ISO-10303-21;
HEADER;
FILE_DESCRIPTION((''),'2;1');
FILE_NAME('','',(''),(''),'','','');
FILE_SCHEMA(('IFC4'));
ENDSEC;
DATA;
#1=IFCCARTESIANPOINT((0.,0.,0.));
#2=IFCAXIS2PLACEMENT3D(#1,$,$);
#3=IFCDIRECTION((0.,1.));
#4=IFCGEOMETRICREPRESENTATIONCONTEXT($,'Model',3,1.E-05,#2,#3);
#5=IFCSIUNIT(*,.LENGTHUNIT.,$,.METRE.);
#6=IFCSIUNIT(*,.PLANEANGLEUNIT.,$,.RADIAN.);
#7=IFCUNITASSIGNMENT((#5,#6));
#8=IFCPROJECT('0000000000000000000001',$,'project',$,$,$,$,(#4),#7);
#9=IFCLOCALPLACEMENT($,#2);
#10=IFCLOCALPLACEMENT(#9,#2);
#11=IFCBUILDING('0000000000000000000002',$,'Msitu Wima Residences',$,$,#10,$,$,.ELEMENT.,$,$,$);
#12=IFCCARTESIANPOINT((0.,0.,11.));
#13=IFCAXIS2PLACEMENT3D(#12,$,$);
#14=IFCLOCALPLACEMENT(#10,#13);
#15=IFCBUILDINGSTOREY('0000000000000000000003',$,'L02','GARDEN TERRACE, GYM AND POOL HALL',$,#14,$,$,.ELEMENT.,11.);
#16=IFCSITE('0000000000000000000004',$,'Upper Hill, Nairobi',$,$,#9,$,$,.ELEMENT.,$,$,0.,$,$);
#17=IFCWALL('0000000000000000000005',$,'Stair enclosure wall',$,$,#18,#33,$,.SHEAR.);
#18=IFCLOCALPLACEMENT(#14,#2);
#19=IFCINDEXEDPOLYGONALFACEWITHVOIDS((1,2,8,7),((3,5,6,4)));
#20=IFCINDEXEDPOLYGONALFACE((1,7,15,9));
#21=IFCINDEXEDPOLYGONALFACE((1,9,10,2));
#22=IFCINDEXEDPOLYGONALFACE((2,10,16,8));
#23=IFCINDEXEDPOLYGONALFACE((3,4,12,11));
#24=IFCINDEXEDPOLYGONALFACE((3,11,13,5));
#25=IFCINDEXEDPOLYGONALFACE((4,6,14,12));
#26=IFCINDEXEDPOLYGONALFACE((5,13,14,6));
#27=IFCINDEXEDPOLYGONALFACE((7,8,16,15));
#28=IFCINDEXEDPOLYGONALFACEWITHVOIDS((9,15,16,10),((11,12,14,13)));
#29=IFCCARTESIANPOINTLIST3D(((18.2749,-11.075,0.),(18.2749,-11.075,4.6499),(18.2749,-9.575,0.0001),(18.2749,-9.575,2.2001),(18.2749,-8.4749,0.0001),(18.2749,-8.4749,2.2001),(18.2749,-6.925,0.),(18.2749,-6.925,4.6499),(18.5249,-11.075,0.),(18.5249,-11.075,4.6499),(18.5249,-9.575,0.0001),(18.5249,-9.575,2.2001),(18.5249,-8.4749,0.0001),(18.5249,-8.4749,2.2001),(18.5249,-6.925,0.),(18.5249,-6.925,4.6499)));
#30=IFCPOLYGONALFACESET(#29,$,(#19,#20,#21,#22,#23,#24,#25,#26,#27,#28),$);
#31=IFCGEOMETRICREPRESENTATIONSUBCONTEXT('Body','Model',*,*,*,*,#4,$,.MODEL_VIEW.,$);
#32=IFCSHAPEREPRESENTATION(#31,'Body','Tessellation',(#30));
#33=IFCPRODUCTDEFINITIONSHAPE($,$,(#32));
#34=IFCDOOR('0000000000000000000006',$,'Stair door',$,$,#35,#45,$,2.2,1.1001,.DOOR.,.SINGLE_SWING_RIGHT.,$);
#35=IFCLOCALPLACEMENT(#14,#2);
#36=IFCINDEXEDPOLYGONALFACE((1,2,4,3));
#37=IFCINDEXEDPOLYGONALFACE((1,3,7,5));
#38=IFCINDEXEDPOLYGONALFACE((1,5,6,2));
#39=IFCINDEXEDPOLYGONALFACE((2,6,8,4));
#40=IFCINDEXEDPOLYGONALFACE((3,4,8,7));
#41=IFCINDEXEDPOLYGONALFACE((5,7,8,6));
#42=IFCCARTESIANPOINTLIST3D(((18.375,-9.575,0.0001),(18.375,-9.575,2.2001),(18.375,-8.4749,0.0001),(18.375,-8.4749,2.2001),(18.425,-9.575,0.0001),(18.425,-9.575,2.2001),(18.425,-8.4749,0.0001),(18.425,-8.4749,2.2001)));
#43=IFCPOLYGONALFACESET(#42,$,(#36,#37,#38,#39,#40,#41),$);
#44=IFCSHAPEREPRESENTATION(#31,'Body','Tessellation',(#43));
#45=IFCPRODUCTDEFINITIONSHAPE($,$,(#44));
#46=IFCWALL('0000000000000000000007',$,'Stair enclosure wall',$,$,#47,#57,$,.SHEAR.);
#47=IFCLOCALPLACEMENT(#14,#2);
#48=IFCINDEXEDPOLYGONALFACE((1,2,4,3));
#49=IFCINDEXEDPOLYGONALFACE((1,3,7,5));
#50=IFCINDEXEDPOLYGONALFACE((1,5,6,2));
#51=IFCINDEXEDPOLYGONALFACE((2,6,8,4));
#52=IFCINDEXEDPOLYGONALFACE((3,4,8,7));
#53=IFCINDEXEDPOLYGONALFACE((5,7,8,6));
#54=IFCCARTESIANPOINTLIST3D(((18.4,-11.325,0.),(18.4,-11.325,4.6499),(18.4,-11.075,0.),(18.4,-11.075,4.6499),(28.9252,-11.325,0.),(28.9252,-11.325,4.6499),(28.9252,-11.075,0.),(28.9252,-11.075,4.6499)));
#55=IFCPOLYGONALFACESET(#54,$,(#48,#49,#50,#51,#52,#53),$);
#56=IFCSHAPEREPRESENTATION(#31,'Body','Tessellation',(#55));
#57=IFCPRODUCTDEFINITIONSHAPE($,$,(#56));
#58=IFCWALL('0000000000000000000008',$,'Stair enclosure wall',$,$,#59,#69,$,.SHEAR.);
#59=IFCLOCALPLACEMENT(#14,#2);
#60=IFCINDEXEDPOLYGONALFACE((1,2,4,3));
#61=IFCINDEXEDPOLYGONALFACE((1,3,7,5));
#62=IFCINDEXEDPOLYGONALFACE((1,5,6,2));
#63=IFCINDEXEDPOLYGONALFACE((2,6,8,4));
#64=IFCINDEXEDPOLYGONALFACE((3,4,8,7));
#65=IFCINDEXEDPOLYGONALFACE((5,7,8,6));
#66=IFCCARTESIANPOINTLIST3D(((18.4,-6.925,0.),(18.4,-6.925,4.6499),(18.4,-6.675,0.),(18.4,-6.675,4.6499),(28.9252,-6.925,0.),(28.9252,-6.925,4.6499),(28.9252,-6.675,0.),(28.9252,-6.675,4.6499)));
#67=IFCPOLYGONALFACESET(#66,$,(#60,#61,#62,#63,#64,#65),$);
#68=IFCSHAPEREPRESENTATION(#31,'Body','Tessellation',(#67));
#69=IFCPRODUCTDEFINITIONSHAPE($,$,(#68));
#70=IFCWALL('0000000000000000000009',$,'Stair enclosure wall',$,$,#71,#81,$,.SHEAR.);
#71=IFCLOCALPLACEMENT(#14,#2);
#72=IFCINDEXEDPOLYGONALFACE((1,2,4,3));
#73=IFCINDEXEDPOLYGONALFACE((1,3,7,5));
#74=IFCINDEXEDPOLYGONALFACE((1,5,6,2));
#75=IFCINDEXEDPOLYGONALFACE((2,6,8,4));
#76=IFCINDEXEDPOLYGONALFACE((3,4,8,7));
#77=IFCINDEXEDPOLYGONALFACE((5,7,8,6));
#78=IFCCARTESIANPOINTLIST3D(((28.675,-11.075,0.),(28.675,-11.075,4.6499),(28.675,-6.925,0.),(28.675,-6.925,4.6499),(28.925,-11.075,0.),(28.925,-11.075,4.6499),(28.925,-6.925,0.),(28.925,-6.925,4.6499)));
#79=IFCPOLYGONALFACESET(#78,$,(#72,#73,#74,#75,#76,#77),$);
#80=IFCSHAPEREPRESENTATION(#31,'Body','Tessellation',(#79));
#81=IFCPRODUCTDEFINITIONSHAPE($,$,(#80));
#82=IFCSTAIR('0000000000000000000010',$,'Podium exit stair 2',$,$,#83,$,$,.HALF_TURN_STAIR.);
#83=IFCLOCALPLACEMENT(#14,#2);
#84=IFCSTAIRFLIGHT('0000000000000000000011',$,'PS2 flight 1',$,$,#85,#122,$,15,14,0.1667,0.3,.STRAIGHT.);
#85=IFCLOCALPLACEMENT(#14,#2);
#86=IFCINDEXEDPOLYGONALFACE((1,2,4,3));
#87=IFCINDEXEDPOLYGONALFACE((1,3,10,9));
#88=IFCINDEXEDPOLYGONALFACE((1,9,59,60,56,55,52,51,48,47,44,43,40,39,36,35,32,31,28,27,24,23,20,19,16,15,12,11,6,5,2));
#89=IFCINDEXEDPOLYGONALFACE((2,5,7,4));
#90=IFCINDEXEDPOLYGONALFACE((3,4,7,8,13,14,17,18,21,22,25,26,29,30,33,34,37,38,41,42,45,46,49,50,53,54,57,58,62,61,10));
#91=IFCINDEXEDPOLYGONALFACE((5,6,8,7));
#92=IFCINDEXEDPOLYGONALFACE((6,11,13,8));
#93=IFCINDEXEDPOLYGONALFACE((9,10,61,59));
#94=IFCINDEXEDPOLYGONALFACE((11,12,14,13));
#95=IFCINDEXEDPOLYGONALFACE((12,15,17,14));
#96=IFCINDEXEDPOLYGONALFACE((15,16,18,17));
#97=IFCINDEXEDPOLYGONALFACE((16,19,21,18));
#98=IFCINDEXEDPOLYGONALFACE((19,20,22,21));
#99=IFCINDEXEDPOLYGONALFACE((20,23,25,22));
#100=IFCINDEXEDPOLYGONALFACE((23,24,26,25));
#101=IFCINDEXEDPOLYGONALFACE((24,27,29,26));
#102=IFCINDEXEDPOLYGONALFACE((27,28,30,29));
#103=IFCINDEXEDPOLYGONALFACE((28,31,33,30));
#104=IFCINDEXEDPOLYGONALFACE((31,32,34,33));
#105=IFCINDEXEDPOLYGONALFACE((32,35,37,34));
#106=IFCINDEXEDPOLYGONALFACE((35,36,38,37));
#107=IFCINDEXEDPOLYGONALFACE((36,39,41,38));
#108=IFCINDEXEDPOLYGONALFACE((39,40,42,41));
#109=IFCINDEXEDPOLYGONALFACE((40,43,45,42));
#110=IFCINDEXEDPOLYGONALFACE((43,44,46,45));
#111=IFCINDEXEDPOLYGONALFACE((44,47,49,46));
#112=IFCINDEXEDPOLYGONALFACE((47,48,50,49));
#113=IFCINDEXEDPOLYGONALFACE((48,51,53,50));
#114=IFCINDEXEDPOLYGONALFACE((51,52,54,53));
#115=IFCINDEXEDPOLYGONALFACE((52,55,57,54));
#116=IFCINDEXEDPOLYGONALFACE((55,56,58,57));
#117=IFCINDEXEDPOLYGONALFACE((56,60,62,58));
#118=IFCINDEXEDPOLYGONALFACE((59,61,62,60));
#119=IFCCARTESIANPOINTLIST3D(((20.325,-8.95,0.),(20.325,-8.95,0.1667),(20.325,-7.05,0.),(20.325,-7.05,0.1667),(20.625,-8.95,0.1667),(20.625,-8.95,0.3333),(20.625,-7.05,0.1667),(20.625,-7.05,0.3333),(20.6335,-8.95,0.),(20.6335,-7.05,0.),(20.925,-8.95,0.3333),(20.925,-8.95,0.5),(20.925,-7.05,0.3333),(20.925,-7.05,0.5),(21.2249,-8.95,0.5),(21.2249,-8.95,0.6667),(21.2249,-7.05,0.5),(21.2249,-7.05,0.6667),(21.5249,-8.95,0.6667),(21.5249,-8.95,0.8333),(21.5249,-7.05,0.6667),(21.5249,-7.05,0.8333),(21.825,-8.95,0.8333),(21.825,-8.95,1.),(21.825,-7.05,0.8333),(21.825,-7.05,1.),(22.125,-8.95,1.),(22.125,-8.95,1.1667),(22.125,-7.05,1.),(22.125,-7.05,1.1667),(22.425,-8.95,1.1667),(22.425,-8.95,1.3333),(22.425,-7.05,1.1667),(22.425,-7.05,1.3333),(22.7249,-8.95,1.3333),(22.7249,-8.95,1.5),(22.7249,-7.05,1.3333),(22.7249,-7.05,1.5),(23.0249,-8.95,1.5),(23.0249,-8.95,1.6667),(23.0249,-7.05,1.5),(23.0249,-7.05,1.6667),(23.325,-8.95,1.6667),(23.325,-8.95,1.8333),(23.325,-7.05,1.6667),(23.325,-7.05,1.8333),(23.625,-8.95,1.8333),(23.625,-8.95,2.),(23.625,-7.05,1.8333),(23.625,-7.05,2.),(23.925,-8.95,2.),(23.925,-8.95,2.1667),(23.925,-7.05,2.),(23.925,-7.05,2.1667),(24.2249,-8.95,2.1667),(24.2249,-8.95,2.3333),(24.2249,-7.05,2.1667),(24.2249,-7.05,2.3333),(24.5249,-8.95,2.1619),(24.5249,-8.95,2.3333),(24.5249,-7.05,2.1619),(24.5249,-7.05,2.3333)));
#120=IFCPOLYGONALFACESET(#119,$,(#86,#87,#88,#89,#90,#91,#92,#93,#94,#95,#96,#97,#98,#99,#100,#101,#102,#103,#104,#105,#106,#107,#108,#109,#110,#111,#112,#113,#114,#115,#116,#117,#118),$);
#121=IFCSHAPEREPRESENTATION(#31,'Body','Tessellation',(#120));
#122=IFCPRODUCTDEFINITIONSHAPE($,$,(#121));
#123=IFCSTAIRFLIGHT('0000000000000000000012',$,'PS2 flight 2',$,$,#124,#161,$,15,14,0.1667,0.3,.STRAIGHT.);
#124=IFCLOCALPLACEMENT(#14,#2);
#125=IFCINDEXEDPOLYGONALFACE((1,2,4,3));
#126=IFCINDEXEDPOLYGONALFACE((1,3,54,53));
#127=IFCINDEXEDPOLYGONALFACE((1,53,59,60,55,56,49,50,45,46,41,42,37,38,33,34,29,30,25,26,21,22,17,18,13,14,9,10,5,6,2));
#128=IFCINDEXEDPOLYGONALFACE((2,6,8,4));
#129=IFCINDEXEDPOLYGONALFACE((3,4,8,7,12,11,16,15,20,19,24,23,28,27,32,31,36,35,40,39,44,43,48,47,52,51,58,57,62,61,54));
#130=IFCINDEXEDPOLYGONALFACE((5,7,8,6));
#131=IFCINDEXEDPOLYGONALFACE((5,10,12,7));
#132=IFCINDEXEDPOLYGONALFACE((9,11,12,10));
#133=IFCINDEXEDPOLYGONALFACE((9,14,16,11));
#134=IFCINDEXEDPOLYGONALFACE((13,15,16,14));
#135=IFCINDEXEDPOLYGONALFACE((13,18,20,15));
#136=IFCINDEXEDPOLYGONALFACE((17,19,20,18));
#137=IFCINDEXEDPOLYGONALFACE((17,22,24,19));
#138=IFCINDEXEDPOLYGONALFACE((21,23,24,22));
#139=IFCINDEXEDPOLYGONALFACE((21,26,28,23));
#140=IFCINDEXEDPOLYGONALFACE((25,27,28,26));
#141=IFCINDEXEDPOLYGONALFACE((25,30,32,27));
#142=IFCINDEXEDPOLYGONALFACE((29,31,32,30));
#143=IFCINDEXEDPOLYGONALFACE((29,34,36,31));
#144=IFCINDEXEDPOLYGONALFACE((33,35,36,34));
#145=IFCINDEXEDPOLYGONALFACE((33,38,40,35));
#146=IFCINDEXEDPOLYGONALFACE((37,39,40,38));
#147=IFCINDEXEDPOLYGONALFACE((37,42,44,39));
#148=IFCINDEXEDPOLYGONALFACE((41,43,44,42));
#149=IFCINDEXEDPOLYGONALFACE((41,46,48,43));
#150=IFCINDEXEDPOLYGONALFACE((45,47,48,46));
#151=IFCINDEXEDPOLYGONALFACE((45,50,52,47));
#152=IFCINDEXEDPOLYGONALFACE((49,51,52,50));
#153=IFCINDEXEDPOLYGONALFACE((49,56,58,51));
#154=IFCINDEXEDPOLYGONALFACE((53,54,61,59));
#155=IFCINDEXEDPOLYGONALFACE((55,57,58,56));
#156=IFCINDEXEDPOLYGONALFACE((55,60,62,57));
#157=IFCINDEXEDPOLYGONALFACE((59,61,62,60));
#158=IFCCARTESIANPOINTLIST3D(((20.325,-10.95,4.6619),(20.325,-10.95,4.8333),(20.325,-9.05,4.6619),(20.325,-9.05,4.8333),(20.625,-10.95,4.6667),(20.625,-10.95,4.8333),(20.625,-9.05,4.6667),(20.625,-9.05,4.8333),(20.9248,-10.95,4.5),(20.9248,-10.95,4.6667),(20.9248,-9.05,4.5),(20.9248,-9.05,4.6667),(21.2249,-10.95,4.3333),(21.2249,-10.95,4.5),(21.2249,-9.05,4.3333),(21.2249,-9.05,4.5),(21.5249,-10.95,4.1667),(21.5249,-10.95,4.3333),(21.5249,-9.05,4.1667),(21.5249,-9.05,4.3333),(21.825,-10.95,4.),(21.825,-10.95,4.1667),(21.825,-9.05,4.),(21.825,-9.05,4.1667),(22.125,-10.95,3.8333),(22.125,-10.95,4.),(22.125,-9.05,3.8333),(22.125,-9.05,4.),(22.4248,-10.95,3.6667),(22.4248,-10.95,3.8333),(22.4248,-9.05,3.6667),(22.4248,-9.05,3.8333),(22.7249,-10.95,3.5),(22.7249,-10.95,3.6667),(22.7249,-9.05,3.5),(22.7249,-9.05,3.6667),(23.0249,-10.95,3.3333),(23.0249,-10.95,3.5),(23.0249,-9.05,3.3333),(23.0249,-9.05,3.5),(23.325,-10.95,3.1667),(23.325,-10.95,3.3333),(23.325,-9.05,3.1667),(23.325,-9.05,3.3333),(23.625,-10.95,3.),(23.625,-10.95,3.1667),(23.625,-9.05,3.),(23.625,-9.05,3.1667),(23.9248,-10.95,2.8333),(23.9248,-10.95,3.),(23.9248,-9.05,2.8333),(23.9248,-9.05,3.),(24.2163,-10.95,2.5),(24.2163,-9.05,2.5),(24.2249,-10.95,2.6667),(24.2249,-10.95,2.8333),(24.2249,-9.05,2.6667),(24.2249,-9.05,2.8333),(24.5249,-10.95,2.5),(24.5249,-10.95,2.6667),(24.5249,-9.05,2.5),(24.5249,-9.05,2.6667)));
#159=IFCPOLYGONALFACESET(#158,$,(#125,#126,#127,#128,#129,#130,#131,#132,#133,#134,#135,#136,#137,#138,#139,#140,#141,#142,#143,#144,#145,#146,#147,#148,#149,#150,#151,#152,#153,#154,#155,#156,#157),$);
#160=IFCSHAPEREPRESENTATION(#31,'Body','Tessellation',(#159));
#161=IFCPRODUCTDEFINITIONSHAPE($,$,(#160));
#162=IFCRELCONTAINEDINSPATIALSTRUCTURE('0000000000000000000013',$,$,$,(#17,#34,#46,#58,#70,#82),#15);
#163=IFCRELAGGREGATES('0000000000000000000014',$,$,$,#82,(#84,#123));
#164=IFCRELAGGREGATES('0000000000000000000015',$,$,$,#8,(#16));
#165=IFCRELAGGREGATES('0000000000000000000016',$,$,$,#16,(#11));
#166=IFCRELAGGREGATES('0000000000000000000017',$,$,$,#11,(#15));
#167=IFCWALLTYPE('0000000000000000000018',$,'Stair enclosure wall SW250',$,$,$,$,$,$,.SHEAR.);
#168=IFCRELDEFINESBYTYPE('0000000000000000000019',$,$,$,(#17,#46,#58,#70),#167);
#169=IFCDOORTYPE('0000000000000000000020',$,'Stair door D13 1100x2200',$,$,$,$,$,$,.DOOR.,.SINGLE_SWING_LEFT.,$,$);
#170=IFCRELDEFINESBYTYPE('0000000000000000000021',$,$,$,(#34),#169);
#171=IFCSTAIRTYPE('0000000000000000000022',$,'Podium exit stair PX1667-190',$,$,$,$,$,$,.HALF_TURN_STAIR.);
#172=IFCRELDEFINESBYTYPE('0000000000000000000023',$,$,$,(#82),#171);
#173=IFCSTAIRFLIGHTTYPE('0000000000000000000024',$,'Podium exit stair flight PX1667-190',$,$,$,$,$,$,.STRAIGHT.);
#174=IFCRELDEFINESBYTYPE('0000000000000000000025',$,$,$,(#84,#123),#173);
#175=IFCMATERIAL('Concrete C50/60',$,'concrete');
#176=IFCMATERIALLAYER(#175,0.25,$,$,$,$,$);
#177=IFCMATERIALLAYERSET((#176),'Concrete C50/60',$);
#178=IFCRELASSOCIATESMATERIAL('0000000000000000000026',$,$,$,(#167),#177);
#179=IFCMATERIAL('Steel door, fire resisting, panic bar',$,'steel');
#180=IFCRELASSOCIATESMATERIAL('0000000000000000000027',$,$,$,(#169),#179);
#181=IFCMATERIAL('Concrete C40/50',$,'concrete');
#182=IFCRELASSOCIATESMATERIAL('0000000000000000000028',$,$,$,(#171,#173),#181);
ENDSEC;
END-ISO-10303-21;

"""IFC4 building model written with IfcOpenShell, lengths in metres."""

from ifc_helpers import new_model, si_unit, direction, frame, frame_2d, origin, place, context, subcontext, project, spatial, polyline, rectangle, outline, extrude, material, layer, layer_set, type_object, element, fill, aggregate, save


model = new_model("IFC4")

# Units and contexts
model_context = context("Model", 3, precision=1e-05, world=origin(), true_north=direction((0.0, 1.0)))
body_context = subcontext(model_context, "Body", "Model", "MODEL_VIEW")
ifc_project = project(units=[si_unit("LENGTHUNIT", "METRE"), si_unit("PLANEANGLEUNIT", "RADIAN")], contexts=[model_context])

# Site, building, storey
site_placement = place(None, origin())
site = spatial("IfcSite", under=ifc_project, at=site_placement, Name="Upper Hill, Nairobi", CompositionType="ELEMENT", RefElevation=0.0)
building_placement = place(site_placement, origin())
building = spatial("IfcBuilding", under=site, at=building_placement, Name="Msitu Wima Residences", CompositionType="ELEMENT")
storey_placement = place(building_placement, frame((0.0, 0.0, 11.0)))
storey = spatial("IfcBuildingStorey", under=building, at=storey_placement, Name="L02", Description="GARDEN TERRACE, GYM AND POOL HALL", CompositionType="ELEMENT", Elevation=11.0)

# Shared definitions
ifc_material_1 = material(Name="Concrete C40/50", Category="concrete")

# Wall, opening, door
ifc_material_2 = material(Name="Concrete C50/60", Category="concrete")
ifc_layer_1 = layer(ifc_material_2, 0.25)
ifc_layer_set_1 = layer_set([ifc_layer_1], Name="Concrete C50/60")
wall_type_1 = type_object("IfcWallType", Name="Stair enclosure wall SW250", PredefinedType="SHEAR", material=ifc_layer_set_1)
wall_1_placement = place(storey_placement, frame((18.3999, -11.075, 0.0), z_axis=(0.0, 0.0, 1.0), x_axis=(0.0, 1.0, 0.0)))
wall_1 = element("IfcWall", 1, at=wall_1_placement, inside=storey, type_object=wall_type_1, Name="Stair enclosure wall", PredefinedType="SHEAR", context=body_context, shape_type="SweptSolid", body=[
    extrude(rectangle(XDim=4.1499, YDim=0.25, at=frame_2d((2.075, 0.0))), origin(), (0.0, 0.0, 1.0), 4.6499),
])
opening_1_placement = place(wall_1_placement, frame((1.5, 0.0, 0.0)))
opening_1 = element("IfcOpeningElement", 2, at=opening_1_placement, cuts=wall_1, PredefinedType="OPENING", context=body_context, shape_type="SweptSolid", body=[
    extrude(rectangle(XDim=1.1001, YDim=2.2, at=frame_2d((0.55, 1.1001))), frame((0.0, 0.135, 0.0), z_axis=(0.0, -1.0, 0.0), x_axis=(1.0, 0.0, 0.0)), (0.0, 0.0, 1.0), 0.27),
])
ifc_material_3 = material(Name="Steel door, fire resisting, panic bar", Category="steel")
door_type_1 = type_object("IfcDoorType", Name="Stair door D13 1100x2200", OperationType="SINGLE_SWING_LEFT", PredefinedType="DOOR", material=ifc_material_3)
door_1_placement = place(opening_1_placement, origin())
door_1 = element("IfcDoor", 3, at=door_1_placement, inside=storey, type_object=door_type_1, Name="Stair door", OperationType="SINGLE_SWING_RIGHT", OverallHeight=2.2, OverallWidth=1.1001, PredefinedType="DOOR", context=body_context, shape_type="SweptSolid", body=[
    extrude(rectangle(XDim=1.1001, YDim=2.2, at=frame_2d((0.55, 1.1001))), frame((0.0, 0.0249, 0.0), z_axis=(0.0, -1.0, 0.0), x_axis=(1.0, 0.0, 0.0)), (0.0, 0.0, 1.0), 0.05),
])
fill(opening_1, door_1)

# Walls
for number, where, z_axis, x_axis, name in (
    (4, (18.3999, -11.2, 0.0), (0.0, 0.0, 1.0), (1.0, 0.0, 0.0), "Stair enclosure wall"),
    (5, (18.3999, -6.8, 0.0), (0.0, 0.0, 1.0), (1.0, 0.0, 0.0), "Stair enclosure wall"),
):
    element("IfcWall", number, at=place(storey_placement, frame(where, z_axis=z_axis, x_axis=x_axis)), inside=storey, type_object=wall_type_1, Name=name, PredefinedType="SHEAR", context=body_context, shape_type="SweptSolid", body=[
        extrude(rectangle(XDim=10.5251, YDim=0.25, at=frame_2d((5.2627, 0.0))), origin(), (0.0, 0.0, 1.0), 4.6499),
    ])
wall_2_placement = place(storey_placement, frame((28.8, -11.075, 0.0), z_axis=(0.0, 0.0, 1.0), x_axis=(0.0, 1.0, 0.0)))
element("IfcWall", 6, at=wall_2_placement, inside=storey, type_object=wall_type_1, Name="Stair enclosure wall", PredefinedType="SHEAR", context=body_context, shape_type="SweptSolid", body=[
    extrude(rectangle(XDim=4.1499, YDim=0.25, at=frame_2d((2.075, 0.0))), origin(), (0.0, 0.0, 1.0), 4.6499),
])

# Stair, stair flights
stair_type = type_object("IfcStairType", Name="Podium exit stair PX1667-190", PredefinedType="HALF_TURN_STAIR", material=ifc_material_1)
stair_placement = place(storey_placement, origin())
stair = element("IfcStair", 7, at=stair_placement, inside=storey, type_object=stair_type, Name="Podium exit stair 2", PredefinedType="HALF_TURN_STAIR")
stair_flight_type = type_object("IfcStairFlightType", Name="Podium exit stair flight PX1667-190", PredefinedType="STRAIGHT", material=ifc_material_1)
stair_flight_1_placement = place(storey_placement, frame((20.325, -8.0, 0.0), z_axis=(0.0, 0.0, 1.0), x_axis=(1.0, 0.0, 0.0)))
stair_flight_1 = element("IfcStairFlight", 8, at=stair_flight_1_placement, type_object=stair_flight_type, Name="PS2 flight 1", NumberOfRisers=15, NumberOfTreads=14, PredefinedType="STRAIGHT", RiserHeight=0.1667, TreadLength=0.3, context=body_context, shape_type="SweptSolid", body=[
    extrude(outline(polyline([(0.0, 0.0), (0.0, 0.1667), (0.3, 0.1667), (0.3, 0.3333), (0.6001, 0.3333), (0.6001, 0.5), (0.8999, 0.5), (0.8999, 0.6667), (1.2, 0.6667), (1.2, 0.8333), (1.5, 0.8333), (1.5, 1.0), (1.8, 1.0), (1.8, 1.1667), (2.1001, 1.1667), (2.1001, 1.3333), (2.3999, 1.3333), (2.3999, 1.5), (2.7, 1.5), (2.7, 1.6667), (3.0, 1.6667), (3.0, 1.8333), (3.3, 1.8333), (3.3, 2.0), (3.6001, 2.0), (3.6001, 2.1667), (3.8999, 2.1667), (3.8999, 2.3333), (4.2, 2.3333), (4.2, 2.5), (4.2, 2.1619), (0.3086, 0.0), (0.0, 0.0)])), frame((0.0, 0.95, 0.0), z_axis=(0.0, -1.0, 0.0), x_axis=(1.0, 0.0, 0.0)), (0.0, 0.0, 1.0), 1.8999),
])
stair_flight_2_placement = place(storey_placement, frame((24.5249, -10.0, 2.5), z_axis=(0.0, 0.0, 1.0), x_axis=(-1.0, 0.0, 0.0)))
stair_flight_2 = element("IfcStairFlight", 9, at=stair_flight_2_placement, type_object=stair_flight_type, Name="PS2 flight 2", NumberOfRisers=15, NumberOfTreads=14, PredefinedType="STRAIGHT", RiserHeight=0.1667, TreadLength=0.3, context=body_context, shape_type="SweptSolid", body=[
    extrude(outline(polyline([(0.0, 0.0), (0.0, 0.1667), (0.3, 0.1667), (0.3, 0.3333), (0.6001, 0.3333), (0.6001, 0.5), (0.8999, 0.5), (0.8999, 0.6667), (1.2, 0.6667), (1.2, 0.8333), (1.5, 0.8333), (1.5, 1.0), (1.8, 1.0), (1.8, 1.1667), (2.1001, 1.1667), (2.1001, 1.3333), (2.3999, 1.3333), (2.3999, 1.5), (2.7, 1.5), (2.7, 1.6667), (3.0, 1.6667), (3.0, 1.8333), (3.3, 1.8333), (3.3, 2.0), (3.6001, 2.0), (3.6001, 2.1667), (3.8999, 2.1667), (3.8999, 2.3333), (4.2, 2.3333), (4.2, 2.5), (4.2, 2.1619), (0.3086, 0.0), (0.0, 0.0)])), frame((0.0, 0.95, 0.0), z_axis=(0.0, -1.0, 0.0), x_axis=(1.0, 0.0, 0.0)), (0.0, 0.0, 1.0), 1.8999),
])
aggregate(stair, [stair_flight_1, stair_flight_2])

save(model, "model.ifc")
